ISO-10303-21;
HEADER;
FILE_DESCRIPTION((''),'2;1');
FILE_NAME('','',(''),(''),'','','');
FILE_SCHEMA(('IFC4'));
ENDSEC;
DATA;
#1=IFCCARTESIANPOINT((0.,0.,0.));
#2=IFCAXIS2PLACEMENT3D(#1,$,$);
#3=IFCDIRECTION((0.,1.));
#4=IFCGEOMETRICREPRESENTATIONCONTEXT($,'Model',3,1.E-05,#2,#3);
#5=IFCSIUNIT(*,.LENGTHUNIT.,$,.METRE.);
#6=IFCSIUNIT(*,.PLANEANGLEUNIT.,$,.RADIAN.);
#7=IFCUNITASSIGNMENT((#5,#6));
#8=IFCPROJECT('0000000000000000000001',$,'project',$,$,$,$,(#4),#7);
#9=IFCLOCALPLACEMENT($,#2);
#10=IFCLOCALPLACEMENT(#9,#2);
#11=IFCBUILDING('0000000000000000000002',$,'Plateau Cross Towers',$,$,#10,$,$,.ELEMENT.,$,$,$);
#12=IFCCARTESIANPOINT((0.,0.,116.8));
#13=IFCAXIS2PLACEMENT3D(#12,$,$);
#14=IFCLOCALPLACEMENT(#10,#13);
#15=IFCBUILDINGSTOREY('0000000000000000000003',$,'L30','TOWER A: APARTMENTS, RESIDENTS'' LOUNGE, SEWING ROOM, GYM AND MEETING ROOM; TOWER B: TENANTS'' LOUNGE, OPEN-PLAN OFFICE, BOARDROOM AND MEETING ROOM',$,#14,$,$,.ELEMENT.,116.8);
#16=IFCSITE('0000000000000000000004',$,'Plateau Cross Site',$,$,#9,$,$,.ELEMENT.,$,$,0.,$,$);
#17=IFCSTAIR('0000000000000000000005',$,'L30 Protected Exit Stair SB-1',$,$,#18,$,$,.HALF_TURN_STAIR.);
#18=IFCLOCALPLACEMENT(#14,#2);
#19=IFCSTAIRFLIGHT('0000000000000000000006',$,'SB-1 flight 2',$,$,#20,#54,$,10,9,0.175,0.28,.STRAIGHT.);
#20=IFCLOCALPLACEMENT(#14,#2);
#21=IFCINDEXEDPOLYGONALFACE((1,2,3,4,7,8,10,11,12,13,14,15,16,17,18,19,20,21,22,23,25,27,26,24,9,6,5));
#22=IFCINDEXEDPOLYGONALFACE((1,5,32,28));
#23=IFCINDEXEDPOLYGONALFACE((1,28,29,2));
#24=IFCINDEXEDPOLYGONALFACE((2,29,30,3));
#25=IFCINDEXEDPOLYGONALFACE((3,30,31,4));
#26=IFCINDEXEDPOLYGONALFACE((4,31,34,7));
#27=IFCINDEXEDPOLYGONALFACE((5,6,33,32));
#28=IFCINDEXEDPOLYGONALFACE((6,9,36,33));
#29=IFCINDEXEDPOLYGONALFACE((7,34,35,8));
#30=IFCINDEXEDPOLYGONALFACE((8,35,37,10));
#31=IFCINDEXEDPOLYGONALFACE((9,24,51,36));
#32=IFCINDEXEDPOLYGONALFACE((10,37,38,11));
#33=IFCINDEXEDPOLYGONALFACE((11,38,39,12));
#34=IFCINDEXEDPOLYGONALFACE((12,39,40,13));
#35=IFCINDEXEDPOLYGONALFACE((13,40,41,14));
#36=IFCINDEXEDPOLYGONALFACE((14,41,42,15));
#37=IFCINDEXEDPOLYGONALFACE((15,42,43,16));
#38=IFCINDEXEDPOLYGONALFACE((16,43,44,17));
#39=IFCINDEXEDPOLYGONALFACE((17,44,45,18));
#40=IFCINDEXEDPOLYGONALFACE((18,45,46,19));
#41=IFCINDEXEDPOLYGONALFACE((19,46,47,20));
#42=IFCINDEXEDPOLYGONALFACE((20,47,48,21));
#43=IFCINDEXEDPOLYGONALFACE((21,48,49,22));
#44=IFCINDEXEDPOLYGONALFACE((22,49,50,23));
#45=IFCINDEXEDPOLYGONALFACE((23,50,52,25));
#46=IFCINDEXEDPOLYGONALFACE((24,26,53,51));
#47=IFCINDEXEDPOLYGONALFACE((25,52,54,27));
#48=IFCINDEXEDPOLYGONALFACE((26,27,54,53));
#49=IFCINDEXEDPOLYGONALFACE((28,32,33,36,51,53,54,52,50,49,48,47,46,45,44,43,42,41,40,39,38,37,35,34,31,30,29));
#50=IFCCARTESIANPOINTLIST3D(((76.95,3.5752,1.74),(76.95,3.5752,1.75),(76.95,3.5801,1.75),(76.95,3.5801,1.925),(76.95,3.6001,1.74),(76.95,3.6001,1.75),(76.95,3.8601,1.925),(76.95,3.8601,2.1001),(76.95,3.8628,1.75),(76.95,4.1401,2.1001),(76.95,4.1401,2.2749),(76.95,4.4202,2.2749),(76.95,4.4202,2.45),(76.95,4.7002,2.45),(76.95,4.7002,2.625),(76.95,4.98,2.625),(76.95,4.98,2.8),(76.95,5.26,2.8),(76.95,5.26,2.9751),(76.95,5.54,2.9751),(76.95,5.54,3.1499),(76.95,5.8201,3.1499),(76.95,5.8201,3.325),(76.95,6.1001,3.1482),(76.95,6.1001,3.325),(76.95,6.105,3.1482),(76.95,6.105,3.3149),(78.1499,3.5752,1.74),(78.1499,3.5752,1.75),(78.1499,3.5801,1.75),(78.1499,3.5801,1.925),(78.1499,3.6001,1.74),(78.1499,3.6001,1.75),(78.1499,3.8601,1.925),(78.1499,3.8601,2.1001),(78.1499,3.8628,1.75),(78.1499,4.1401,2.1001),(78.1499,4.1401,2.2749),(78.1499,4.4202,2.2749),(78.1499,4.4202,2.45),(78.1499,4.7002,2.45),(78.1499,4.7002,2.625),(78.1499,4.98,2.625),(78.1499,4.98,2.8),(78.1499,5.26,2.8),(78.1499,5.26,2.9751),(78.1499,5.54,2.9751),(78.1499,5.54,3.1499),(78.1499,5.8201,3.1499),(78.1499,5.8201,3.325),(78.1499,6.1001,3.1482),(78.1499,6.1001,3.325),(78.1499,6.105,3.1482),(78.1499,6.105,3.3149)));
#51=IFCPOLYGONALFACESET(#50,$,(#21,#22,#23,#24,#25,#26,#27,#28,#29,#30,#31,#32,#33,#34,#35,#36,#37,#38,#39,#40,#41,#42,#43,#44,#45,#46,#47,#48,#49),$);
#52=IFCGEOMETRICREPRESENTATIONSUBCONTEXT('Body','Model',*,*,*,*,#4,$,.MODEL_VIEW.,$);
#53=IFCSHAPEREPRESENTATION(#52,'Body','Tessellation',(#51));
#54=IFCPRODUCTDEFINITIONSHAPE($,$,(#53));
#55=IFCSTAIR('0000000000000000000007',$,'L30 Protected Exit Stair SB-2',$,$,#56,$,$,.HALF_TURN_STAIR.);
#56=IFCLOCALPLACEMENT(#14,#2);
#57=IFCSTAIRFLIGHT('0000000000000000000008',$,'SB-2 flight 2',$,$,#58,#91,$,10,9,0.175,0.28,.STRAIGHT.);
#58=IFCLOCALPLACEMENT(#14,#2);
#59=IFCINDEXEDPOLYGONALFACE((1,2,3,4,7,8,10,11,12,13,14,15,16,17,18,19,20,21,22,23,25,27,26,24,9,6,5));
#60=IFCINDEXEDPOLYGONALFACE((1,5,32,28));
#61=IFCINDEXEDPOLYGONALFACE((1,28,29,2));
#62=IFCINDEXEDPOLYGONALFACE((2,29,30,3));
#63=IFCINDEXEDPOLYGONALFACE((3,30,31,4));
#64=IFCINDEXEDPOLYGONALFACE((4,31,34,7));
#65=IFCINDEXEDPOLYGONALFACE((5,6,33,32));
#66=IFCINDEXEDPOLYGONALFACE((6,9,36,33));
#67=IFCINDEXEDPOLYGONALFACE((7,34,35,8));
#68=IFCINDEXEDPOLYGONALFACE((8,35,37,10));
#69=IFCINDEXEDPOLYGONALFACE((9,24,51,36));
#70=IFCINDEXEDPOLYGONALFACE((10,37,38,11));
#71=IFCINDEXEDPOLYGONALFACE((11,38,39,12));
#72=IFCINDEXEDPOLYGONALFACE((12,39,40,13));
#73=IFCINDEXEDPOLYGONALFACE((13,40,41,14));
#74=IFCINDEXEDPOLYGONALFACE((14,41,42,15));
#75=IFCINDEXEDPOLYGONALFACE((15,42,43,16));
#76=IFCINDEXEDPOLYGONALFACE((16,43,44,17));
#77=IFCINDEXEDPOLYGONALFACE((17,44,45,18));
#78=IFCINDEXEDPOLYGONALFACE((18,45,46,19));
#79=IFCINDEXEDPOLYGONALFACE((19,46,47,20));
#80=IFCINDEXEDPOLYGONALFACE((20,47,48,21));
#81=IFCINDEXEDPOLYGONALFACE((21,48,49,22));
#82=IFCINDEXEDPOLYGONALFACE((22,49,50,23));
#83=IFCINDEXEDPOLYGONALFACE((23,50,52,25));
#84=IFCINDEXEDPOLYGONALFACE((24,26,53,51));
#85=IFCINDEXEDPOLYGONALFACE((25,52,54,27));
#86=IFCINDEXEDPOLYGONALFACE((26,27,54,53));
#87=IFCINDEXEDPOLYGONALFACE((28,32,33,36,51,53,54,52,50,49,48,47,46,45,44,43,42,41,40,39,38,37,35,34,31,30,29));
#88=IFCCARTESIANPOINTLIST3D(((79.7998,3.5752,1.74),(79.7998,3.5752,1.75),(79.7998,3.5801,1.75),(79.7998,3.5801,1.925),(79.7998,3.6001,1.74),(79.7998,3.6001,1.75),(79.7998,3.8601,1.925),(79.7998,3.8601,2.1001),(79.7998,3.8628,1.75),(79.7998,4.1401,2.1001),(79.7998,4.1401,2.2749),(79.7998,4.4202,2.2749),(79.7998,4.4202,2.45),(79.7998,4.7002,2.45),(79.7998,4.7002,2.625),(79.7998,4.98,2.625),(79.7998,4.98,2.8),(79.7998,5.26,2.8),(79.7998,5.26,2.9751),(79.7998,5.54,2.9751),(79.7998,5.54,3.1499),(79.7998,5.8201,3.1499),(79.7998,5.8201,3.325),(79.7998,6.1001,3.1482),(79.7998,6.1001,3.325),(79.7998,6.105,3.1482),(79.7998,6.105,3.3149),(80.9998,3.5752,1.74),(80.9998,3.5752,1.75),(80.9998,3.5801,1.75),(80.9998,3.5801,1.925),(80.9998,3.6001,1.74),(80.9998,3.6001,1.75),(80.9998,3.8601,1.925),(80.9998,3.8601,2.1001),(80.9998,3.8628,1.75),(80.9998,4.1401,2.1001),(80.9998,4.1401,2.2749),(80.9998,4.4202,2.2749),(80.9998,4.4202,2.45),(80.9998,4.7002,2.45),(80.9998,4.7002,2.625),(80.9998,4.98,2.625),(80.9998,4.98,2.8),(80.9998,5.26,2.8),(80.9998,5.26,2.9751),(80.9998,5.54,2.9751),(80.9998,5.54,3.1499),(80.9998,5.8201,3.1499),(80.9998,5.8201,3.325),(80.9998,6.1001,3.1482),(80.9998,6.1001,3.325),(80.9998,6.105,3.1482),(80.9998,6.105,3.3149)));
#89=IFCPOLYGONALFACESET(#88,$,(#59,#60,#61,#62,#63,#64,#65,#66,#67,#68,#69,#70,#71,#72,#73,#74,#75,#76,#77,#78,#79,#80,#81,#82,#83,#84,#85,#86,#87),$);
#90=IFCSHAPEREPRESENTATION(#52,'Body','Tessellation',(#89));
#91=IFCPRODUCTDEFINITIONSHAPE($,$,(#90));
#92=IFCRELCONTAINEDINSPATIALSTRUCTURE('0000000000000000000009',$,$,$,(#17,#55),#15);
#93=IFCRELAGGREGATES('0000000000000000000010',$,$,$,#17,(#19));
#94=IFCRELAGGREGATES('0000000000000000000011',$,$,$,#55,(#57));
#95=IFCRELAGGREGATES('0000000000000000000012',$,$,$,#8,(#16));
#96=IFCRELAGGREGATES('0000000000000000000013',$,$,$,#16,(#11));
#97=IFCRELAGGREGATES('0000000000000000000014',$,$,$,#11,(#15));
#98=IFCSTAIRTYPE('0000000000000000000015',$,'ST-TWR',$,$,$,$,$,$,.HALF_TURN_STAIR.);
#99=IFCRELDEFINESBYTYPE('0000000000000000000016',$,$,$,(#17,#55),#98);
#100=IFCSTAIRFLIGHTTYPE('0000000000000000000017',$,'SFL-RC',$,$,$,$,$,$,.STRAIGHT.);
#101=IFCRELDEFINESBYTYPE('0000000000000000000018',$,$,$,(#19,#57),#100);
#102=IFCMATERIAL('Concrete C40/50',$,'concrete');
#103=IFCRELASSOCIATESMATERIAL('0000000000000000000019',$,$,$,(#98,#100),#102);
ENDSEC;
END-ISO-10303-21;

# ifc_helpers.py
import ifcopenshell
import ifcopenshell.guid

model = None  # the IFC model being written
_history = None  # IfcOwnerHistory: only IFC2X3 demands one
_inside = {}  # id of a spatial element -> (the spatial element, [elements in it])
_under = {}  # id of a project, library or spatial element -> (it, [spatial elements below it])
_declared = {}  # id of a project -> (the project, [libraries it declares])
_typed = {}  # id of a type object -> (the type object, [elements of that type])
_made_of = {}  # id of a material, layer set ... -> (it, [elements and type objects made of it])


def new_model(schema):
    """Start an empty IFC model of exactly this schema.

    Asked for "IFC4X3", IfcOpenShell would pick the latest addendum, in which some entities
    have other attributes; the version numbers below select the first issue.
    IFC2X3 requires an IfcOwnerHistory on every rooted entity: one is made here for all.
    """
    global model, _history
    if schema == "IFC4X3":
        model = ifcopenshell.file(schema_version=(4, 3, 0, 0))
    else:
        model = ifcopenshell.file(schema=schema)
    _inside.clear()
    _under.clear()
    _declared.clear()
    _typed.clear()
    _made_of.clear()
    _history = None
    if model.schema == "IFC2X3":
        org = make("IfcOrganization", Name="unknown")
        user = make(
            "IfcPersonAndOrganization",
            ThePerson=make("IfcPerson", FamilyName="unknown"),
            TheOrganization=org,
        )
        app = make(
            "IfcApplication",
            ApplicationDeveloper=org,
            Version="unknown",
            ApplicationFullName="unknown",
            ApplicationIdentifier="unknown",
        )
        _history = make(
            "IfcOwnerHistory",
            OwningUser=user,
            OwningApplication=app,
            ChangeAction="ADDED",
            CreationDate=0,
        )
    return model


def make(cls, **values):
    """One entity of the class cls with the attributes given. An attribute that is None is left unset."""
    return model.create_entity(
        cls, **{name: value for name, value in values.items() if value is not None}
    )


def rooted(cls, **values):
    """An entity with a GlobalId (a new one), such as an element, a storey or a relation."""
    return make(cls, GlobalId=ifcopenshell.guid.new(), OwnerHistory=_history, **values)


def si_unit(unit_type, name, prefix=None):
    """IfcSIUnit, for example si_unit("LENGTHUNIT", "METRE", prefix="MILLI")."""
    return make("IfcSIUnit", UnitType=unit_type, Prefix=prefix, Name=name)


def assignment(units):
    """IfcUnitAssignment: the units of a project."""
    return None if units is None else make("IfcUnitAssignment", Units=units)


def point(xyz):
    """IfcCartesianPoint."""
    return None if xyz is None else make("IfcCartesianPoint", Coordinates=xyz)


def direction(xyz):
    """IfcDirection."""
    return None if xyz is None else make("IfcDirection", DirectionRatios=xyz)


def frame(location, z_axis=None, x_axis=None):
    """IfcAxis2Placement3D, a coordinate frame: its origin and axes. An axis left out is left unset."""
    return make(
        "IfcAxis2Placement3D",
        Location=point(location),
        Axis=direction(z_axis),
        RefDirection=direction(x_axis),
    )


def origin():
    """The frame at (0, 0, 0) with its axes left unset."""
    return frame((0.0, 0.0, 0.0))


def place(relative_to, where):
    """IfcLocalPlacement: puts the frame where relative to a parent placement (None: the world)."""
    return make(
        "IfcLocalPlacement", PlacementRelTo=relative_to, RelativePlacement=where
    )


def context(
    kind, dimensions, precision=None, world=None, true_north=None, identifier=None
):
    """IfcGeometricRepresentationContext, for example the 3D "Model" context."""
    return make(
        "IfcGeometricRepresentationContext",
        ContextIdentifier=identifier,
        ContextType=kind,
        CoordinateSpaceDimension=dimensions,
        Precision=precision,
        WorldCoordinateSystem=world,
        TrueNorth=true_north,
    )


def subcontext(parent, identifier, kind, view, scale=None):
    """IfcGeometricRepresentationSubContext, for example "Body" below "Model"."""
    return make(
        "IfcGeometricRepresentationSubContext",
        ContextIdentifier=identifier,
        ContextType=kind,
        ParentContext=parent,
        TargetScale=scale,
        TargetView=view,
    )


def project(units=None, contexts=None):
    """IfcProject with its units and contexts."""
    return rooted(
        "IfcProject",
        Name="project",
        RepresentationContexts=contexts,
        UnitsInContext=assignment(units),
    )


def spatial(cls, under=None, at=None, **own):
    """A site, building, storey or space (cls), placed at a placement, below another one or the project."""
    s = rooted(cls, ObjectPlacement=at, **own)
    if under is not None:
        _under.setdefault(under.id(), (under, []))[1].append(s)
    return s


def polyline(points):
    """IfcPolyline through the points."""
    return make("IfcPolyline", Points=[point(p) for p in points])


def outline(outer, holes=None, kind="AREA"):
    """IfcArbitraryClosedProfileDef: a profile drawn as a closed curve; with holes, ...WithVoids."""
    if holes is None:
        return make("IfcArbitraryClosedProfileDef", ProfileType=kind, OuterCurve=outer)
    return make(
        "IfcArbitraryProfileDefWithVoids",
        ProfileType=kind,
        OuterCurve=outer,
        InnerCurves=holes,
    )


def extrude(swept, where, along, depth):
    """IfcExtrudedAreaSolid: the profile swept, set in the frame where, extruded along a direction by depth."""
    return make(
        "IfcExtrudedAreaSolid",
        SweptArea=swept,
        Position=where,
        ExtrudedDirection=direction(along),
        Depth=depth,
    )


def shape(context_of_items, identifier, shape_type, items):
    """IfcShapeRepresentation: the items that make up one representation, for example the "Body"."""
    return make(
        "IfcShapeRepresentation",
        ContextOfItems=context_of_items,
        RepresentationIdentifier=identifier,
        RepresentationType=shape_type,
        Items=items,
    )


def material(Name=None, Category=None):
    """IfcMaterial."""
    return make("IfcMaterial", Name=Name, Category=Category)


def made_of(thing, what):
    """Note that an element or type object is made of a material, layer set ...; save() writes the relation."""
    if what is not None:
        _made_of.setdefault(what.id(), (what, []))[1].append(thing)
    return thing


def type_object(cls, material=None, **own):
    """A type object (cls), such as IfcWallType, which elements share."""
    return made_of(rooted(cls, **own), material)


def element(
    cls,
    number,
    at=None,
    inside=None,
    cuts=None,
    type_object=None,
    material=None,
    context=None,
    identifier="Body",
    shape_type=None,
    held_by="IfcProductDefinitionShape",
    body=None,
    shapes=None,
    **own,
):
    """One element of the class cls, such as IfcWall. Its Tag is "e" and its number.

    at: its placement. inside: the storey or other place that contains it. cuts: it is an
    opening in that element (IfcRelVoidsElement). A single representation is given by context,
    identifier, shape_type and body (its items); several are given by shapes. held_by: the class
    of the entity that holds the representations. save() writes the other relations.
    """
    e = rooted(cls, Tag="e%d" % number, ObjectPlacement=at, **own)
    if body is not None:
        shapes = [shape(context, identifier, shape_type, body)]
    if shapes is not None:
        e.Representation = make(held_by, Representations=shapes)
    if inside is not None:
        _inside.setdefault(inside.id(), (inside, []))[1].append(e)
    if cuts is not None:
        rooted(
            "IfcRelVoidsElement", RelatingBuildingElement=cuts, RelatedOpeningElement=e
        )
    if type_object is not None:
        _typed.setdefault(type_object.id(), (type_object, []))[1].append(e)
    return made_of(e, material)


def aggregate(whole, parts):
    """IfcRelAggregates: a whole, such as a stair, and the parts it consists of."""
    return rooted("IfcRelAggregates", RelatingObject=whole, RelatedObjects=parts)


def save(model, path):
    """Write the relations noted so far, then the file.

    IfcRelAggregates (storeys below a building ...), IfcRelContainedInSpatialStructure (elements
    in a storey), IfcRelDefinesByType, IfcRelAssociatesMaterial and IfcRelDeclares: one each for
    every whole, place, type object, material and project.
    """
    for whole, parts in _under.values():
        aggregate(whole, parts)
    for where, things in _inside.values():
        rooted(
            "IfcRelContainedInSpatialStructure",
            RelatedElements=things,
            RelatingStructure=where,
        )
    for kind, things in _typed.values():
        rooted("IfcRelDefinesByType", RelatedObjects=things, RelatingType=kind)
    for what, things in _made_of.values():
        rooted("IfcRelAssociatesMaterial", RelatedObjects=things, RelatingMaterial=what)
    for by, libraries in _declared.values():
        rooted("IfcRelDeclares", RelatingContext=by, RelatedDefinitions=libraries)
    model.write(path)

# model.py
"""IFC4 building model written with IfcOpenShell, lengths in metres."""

from ifc_helpers import new_model, si_unit, direction, frame, origin, place, context, subcontext, project, spatial, polyline, outline, extrude, material, type_object, element, aggregate, save


model = new_model("IFC4")

# Units and contexts
model_context = context("Model", 3, precision=1e-05, world=origin(), true_north=direction((0.0, 1.0)))
body_context = subcontext(model_context, "Body", "Model", "MODEL_VIEW")
ifc_project = project(units=[si_unit("LENGTHUNIT", "METRE"), si_unit("PLANEANGLEUNIT", "RADIAN")], contexts=[model_context])

# Site, building, storey
site_placement = place(None, origin())
site = spatial("IfcSite", under=ifc_project, at=site_placement, Name="Plateau Cross Site", CompositionType="ELEMENT", RefElevation=0.0)
building_placement = place(site_placement, origin())
building = spatial("IfcBuilding", under=site, at=building_placement, Name="Plateau Cross Towers", CompositionType="ELEMENT")
storey_placement = place(building_placement, frame((0.0, 0.0, 116.8)))
storey = spatial("IfcBuildingStorey", under=building, at=storey_placement, Name="L30", Description="TOWER A: APARTMENTS, RESIDENTS' LOUNGE, SEWING ROOM, GYM AND MEETING ROOM; TOWER B: TENANTS' LOUNGE, OPEN-PLAN OFFICE, BOARDROOM AND MEETING ROOM", CompositionType="ELEMENT", Elevation=116.8)

# Stair, stair flight
ifc_material_1 = material(Name="Concrete C40/50", Category="concrete")
stair_type = type_object("IfcStairType", Name="ST-TWR", PredefinedType="HALF_TURN_STAIR", material=ifc_material_1)
stair_1_placement = place(storey_placement, origin())
stair_1 = element("IfcStair", 1, at=stair_1_placement, inside=storey, type_object=stair_type, Name="L30 Protected Exit Stair SB-1", PredefinedType="HALF_TURN_STAIR")
stair_flight_type = type_object("IfcStairFlightType", Name="SFL-RC", PredefinedType="STRAIGHT", material=ifc_material_1)
stair_flight_1_placement = place(storey_placement, frame((77.55, 3.5801, 1.75), z_axis=(0.0, 0.0, 1.0), x_axis=(0.0, 1.0, 0.0)))
stair_flight_1 = element("IfcStairFlight", 2, at=stair_flight_1_placement, type_object=stair_flight_type, Name="SB-1 flight 2", NumberOfRisers=10, NumberOfTreads=9, PredefinedType="STRAIGHT", RiserHeight=0.175, TreadLength=0.28, context=body_context, shape_type="SweptSolid", body=[
    extrude(outline(polyline([(-0.0049, -0.01), (-0.0049, 0.0), (0.0, 0.0), (0.0, 0.175), (0.28, 0.175), (0.28, 0.3501), (0.5601, 0.3501), (0.5601, 0.5249), (0.8401, 0.5249), (0.8401, 0.7), (1.1201, 0.7), (1.1201, 0.875), (1.3999, 0.875), (1.3999, 1.05), (1.6799, 1.05), (1.6799, 1.2251), (1.96, 1.2251), (1.96, 1.3999), (2.24, 1.3999), (2.24, 1.575), (2.52, 1.575), (2.5249, 1.5649), (2.5249, 1.3982), (2.52, 1.3982), (0.2827, 0.0), (0.02, 0.0), (0.02, -0.01), (-0.0049, -0.01)])), frame((0.0, 0.6001, 0.0), z_axis=(0.0, -1.0, 0.0), x_axis=(1.0, 0.0, 0.0)), (0.0, 0.0, 1.0), 1.2),
])
aggregate(stair_1, [stair_flight_1])

# Stair, stair flight
stair_2_placement = place(storey_placement, origin())
stair_2 = element("IfcStair", 3, at=stair_2_placement, inside=storey, type_object=stair_type, Name="L30 Protected Exit Stair SB-2", PredefinedType="HALF_TURN_STAIR")
stair_flight_2_placement = place(storey_placement, frame((80.3999, 3.5801, 1.75), z_axis=(0.0, 0.0, 1.0), x_axis=(0.0, 1.0, 0.0)))
stair_flight_2 = element("IfcStairFlight", 4, at=stair_flight_2_placement, type_object=stair_flight_type, Name="SB-2 flight 2", NumberOfRisers=10, NumberOfTreads=9, PredefinedType="STRAIGHT", RiserHeight=0.175, TreadLength=0.28, context=body_context, shape_type="SweptSolid", body=[
    extrude(outline(polyline([(-0.0049, -0.01), (-0.0049, 0.0), (0.0, 0.0), (0.0, 0.175), (0.28, 0.175), (0.28, 0.3501), (0.5601, 0.3501), (0.5601, 0.5249), (0.8401, 0.5249), (0.8401, 0.7), (1.1201, 0.7), (1.1201, 0.875), (1.3999, 0.875), (1.3999, 1.05), (1.6799, 1.05), (1.6799, 1.2251), (1.96, 1.2251), (1.96, 1.3999), (2.24, 1.3999), (2.24, 1.575), (2.52, 1.575), (2.5249, 1.5649), (2.5249, 1.3982), (2.52, 1.3982), (0.2827, 0.0), (0.02, 0.0), (0.02, -0.01), (-0.0049, -0.01)])), frame((0.0, 0.6001, 0.0), z_axis=(0.0, -1.0, 0.0), x_axis=(1.0, 0.0, 0.0)), (0.0, 0.0, 1.0), 1.2),
])
aggregate(stair_2, [stair_flight_2])

save(model, "model.ifc")
